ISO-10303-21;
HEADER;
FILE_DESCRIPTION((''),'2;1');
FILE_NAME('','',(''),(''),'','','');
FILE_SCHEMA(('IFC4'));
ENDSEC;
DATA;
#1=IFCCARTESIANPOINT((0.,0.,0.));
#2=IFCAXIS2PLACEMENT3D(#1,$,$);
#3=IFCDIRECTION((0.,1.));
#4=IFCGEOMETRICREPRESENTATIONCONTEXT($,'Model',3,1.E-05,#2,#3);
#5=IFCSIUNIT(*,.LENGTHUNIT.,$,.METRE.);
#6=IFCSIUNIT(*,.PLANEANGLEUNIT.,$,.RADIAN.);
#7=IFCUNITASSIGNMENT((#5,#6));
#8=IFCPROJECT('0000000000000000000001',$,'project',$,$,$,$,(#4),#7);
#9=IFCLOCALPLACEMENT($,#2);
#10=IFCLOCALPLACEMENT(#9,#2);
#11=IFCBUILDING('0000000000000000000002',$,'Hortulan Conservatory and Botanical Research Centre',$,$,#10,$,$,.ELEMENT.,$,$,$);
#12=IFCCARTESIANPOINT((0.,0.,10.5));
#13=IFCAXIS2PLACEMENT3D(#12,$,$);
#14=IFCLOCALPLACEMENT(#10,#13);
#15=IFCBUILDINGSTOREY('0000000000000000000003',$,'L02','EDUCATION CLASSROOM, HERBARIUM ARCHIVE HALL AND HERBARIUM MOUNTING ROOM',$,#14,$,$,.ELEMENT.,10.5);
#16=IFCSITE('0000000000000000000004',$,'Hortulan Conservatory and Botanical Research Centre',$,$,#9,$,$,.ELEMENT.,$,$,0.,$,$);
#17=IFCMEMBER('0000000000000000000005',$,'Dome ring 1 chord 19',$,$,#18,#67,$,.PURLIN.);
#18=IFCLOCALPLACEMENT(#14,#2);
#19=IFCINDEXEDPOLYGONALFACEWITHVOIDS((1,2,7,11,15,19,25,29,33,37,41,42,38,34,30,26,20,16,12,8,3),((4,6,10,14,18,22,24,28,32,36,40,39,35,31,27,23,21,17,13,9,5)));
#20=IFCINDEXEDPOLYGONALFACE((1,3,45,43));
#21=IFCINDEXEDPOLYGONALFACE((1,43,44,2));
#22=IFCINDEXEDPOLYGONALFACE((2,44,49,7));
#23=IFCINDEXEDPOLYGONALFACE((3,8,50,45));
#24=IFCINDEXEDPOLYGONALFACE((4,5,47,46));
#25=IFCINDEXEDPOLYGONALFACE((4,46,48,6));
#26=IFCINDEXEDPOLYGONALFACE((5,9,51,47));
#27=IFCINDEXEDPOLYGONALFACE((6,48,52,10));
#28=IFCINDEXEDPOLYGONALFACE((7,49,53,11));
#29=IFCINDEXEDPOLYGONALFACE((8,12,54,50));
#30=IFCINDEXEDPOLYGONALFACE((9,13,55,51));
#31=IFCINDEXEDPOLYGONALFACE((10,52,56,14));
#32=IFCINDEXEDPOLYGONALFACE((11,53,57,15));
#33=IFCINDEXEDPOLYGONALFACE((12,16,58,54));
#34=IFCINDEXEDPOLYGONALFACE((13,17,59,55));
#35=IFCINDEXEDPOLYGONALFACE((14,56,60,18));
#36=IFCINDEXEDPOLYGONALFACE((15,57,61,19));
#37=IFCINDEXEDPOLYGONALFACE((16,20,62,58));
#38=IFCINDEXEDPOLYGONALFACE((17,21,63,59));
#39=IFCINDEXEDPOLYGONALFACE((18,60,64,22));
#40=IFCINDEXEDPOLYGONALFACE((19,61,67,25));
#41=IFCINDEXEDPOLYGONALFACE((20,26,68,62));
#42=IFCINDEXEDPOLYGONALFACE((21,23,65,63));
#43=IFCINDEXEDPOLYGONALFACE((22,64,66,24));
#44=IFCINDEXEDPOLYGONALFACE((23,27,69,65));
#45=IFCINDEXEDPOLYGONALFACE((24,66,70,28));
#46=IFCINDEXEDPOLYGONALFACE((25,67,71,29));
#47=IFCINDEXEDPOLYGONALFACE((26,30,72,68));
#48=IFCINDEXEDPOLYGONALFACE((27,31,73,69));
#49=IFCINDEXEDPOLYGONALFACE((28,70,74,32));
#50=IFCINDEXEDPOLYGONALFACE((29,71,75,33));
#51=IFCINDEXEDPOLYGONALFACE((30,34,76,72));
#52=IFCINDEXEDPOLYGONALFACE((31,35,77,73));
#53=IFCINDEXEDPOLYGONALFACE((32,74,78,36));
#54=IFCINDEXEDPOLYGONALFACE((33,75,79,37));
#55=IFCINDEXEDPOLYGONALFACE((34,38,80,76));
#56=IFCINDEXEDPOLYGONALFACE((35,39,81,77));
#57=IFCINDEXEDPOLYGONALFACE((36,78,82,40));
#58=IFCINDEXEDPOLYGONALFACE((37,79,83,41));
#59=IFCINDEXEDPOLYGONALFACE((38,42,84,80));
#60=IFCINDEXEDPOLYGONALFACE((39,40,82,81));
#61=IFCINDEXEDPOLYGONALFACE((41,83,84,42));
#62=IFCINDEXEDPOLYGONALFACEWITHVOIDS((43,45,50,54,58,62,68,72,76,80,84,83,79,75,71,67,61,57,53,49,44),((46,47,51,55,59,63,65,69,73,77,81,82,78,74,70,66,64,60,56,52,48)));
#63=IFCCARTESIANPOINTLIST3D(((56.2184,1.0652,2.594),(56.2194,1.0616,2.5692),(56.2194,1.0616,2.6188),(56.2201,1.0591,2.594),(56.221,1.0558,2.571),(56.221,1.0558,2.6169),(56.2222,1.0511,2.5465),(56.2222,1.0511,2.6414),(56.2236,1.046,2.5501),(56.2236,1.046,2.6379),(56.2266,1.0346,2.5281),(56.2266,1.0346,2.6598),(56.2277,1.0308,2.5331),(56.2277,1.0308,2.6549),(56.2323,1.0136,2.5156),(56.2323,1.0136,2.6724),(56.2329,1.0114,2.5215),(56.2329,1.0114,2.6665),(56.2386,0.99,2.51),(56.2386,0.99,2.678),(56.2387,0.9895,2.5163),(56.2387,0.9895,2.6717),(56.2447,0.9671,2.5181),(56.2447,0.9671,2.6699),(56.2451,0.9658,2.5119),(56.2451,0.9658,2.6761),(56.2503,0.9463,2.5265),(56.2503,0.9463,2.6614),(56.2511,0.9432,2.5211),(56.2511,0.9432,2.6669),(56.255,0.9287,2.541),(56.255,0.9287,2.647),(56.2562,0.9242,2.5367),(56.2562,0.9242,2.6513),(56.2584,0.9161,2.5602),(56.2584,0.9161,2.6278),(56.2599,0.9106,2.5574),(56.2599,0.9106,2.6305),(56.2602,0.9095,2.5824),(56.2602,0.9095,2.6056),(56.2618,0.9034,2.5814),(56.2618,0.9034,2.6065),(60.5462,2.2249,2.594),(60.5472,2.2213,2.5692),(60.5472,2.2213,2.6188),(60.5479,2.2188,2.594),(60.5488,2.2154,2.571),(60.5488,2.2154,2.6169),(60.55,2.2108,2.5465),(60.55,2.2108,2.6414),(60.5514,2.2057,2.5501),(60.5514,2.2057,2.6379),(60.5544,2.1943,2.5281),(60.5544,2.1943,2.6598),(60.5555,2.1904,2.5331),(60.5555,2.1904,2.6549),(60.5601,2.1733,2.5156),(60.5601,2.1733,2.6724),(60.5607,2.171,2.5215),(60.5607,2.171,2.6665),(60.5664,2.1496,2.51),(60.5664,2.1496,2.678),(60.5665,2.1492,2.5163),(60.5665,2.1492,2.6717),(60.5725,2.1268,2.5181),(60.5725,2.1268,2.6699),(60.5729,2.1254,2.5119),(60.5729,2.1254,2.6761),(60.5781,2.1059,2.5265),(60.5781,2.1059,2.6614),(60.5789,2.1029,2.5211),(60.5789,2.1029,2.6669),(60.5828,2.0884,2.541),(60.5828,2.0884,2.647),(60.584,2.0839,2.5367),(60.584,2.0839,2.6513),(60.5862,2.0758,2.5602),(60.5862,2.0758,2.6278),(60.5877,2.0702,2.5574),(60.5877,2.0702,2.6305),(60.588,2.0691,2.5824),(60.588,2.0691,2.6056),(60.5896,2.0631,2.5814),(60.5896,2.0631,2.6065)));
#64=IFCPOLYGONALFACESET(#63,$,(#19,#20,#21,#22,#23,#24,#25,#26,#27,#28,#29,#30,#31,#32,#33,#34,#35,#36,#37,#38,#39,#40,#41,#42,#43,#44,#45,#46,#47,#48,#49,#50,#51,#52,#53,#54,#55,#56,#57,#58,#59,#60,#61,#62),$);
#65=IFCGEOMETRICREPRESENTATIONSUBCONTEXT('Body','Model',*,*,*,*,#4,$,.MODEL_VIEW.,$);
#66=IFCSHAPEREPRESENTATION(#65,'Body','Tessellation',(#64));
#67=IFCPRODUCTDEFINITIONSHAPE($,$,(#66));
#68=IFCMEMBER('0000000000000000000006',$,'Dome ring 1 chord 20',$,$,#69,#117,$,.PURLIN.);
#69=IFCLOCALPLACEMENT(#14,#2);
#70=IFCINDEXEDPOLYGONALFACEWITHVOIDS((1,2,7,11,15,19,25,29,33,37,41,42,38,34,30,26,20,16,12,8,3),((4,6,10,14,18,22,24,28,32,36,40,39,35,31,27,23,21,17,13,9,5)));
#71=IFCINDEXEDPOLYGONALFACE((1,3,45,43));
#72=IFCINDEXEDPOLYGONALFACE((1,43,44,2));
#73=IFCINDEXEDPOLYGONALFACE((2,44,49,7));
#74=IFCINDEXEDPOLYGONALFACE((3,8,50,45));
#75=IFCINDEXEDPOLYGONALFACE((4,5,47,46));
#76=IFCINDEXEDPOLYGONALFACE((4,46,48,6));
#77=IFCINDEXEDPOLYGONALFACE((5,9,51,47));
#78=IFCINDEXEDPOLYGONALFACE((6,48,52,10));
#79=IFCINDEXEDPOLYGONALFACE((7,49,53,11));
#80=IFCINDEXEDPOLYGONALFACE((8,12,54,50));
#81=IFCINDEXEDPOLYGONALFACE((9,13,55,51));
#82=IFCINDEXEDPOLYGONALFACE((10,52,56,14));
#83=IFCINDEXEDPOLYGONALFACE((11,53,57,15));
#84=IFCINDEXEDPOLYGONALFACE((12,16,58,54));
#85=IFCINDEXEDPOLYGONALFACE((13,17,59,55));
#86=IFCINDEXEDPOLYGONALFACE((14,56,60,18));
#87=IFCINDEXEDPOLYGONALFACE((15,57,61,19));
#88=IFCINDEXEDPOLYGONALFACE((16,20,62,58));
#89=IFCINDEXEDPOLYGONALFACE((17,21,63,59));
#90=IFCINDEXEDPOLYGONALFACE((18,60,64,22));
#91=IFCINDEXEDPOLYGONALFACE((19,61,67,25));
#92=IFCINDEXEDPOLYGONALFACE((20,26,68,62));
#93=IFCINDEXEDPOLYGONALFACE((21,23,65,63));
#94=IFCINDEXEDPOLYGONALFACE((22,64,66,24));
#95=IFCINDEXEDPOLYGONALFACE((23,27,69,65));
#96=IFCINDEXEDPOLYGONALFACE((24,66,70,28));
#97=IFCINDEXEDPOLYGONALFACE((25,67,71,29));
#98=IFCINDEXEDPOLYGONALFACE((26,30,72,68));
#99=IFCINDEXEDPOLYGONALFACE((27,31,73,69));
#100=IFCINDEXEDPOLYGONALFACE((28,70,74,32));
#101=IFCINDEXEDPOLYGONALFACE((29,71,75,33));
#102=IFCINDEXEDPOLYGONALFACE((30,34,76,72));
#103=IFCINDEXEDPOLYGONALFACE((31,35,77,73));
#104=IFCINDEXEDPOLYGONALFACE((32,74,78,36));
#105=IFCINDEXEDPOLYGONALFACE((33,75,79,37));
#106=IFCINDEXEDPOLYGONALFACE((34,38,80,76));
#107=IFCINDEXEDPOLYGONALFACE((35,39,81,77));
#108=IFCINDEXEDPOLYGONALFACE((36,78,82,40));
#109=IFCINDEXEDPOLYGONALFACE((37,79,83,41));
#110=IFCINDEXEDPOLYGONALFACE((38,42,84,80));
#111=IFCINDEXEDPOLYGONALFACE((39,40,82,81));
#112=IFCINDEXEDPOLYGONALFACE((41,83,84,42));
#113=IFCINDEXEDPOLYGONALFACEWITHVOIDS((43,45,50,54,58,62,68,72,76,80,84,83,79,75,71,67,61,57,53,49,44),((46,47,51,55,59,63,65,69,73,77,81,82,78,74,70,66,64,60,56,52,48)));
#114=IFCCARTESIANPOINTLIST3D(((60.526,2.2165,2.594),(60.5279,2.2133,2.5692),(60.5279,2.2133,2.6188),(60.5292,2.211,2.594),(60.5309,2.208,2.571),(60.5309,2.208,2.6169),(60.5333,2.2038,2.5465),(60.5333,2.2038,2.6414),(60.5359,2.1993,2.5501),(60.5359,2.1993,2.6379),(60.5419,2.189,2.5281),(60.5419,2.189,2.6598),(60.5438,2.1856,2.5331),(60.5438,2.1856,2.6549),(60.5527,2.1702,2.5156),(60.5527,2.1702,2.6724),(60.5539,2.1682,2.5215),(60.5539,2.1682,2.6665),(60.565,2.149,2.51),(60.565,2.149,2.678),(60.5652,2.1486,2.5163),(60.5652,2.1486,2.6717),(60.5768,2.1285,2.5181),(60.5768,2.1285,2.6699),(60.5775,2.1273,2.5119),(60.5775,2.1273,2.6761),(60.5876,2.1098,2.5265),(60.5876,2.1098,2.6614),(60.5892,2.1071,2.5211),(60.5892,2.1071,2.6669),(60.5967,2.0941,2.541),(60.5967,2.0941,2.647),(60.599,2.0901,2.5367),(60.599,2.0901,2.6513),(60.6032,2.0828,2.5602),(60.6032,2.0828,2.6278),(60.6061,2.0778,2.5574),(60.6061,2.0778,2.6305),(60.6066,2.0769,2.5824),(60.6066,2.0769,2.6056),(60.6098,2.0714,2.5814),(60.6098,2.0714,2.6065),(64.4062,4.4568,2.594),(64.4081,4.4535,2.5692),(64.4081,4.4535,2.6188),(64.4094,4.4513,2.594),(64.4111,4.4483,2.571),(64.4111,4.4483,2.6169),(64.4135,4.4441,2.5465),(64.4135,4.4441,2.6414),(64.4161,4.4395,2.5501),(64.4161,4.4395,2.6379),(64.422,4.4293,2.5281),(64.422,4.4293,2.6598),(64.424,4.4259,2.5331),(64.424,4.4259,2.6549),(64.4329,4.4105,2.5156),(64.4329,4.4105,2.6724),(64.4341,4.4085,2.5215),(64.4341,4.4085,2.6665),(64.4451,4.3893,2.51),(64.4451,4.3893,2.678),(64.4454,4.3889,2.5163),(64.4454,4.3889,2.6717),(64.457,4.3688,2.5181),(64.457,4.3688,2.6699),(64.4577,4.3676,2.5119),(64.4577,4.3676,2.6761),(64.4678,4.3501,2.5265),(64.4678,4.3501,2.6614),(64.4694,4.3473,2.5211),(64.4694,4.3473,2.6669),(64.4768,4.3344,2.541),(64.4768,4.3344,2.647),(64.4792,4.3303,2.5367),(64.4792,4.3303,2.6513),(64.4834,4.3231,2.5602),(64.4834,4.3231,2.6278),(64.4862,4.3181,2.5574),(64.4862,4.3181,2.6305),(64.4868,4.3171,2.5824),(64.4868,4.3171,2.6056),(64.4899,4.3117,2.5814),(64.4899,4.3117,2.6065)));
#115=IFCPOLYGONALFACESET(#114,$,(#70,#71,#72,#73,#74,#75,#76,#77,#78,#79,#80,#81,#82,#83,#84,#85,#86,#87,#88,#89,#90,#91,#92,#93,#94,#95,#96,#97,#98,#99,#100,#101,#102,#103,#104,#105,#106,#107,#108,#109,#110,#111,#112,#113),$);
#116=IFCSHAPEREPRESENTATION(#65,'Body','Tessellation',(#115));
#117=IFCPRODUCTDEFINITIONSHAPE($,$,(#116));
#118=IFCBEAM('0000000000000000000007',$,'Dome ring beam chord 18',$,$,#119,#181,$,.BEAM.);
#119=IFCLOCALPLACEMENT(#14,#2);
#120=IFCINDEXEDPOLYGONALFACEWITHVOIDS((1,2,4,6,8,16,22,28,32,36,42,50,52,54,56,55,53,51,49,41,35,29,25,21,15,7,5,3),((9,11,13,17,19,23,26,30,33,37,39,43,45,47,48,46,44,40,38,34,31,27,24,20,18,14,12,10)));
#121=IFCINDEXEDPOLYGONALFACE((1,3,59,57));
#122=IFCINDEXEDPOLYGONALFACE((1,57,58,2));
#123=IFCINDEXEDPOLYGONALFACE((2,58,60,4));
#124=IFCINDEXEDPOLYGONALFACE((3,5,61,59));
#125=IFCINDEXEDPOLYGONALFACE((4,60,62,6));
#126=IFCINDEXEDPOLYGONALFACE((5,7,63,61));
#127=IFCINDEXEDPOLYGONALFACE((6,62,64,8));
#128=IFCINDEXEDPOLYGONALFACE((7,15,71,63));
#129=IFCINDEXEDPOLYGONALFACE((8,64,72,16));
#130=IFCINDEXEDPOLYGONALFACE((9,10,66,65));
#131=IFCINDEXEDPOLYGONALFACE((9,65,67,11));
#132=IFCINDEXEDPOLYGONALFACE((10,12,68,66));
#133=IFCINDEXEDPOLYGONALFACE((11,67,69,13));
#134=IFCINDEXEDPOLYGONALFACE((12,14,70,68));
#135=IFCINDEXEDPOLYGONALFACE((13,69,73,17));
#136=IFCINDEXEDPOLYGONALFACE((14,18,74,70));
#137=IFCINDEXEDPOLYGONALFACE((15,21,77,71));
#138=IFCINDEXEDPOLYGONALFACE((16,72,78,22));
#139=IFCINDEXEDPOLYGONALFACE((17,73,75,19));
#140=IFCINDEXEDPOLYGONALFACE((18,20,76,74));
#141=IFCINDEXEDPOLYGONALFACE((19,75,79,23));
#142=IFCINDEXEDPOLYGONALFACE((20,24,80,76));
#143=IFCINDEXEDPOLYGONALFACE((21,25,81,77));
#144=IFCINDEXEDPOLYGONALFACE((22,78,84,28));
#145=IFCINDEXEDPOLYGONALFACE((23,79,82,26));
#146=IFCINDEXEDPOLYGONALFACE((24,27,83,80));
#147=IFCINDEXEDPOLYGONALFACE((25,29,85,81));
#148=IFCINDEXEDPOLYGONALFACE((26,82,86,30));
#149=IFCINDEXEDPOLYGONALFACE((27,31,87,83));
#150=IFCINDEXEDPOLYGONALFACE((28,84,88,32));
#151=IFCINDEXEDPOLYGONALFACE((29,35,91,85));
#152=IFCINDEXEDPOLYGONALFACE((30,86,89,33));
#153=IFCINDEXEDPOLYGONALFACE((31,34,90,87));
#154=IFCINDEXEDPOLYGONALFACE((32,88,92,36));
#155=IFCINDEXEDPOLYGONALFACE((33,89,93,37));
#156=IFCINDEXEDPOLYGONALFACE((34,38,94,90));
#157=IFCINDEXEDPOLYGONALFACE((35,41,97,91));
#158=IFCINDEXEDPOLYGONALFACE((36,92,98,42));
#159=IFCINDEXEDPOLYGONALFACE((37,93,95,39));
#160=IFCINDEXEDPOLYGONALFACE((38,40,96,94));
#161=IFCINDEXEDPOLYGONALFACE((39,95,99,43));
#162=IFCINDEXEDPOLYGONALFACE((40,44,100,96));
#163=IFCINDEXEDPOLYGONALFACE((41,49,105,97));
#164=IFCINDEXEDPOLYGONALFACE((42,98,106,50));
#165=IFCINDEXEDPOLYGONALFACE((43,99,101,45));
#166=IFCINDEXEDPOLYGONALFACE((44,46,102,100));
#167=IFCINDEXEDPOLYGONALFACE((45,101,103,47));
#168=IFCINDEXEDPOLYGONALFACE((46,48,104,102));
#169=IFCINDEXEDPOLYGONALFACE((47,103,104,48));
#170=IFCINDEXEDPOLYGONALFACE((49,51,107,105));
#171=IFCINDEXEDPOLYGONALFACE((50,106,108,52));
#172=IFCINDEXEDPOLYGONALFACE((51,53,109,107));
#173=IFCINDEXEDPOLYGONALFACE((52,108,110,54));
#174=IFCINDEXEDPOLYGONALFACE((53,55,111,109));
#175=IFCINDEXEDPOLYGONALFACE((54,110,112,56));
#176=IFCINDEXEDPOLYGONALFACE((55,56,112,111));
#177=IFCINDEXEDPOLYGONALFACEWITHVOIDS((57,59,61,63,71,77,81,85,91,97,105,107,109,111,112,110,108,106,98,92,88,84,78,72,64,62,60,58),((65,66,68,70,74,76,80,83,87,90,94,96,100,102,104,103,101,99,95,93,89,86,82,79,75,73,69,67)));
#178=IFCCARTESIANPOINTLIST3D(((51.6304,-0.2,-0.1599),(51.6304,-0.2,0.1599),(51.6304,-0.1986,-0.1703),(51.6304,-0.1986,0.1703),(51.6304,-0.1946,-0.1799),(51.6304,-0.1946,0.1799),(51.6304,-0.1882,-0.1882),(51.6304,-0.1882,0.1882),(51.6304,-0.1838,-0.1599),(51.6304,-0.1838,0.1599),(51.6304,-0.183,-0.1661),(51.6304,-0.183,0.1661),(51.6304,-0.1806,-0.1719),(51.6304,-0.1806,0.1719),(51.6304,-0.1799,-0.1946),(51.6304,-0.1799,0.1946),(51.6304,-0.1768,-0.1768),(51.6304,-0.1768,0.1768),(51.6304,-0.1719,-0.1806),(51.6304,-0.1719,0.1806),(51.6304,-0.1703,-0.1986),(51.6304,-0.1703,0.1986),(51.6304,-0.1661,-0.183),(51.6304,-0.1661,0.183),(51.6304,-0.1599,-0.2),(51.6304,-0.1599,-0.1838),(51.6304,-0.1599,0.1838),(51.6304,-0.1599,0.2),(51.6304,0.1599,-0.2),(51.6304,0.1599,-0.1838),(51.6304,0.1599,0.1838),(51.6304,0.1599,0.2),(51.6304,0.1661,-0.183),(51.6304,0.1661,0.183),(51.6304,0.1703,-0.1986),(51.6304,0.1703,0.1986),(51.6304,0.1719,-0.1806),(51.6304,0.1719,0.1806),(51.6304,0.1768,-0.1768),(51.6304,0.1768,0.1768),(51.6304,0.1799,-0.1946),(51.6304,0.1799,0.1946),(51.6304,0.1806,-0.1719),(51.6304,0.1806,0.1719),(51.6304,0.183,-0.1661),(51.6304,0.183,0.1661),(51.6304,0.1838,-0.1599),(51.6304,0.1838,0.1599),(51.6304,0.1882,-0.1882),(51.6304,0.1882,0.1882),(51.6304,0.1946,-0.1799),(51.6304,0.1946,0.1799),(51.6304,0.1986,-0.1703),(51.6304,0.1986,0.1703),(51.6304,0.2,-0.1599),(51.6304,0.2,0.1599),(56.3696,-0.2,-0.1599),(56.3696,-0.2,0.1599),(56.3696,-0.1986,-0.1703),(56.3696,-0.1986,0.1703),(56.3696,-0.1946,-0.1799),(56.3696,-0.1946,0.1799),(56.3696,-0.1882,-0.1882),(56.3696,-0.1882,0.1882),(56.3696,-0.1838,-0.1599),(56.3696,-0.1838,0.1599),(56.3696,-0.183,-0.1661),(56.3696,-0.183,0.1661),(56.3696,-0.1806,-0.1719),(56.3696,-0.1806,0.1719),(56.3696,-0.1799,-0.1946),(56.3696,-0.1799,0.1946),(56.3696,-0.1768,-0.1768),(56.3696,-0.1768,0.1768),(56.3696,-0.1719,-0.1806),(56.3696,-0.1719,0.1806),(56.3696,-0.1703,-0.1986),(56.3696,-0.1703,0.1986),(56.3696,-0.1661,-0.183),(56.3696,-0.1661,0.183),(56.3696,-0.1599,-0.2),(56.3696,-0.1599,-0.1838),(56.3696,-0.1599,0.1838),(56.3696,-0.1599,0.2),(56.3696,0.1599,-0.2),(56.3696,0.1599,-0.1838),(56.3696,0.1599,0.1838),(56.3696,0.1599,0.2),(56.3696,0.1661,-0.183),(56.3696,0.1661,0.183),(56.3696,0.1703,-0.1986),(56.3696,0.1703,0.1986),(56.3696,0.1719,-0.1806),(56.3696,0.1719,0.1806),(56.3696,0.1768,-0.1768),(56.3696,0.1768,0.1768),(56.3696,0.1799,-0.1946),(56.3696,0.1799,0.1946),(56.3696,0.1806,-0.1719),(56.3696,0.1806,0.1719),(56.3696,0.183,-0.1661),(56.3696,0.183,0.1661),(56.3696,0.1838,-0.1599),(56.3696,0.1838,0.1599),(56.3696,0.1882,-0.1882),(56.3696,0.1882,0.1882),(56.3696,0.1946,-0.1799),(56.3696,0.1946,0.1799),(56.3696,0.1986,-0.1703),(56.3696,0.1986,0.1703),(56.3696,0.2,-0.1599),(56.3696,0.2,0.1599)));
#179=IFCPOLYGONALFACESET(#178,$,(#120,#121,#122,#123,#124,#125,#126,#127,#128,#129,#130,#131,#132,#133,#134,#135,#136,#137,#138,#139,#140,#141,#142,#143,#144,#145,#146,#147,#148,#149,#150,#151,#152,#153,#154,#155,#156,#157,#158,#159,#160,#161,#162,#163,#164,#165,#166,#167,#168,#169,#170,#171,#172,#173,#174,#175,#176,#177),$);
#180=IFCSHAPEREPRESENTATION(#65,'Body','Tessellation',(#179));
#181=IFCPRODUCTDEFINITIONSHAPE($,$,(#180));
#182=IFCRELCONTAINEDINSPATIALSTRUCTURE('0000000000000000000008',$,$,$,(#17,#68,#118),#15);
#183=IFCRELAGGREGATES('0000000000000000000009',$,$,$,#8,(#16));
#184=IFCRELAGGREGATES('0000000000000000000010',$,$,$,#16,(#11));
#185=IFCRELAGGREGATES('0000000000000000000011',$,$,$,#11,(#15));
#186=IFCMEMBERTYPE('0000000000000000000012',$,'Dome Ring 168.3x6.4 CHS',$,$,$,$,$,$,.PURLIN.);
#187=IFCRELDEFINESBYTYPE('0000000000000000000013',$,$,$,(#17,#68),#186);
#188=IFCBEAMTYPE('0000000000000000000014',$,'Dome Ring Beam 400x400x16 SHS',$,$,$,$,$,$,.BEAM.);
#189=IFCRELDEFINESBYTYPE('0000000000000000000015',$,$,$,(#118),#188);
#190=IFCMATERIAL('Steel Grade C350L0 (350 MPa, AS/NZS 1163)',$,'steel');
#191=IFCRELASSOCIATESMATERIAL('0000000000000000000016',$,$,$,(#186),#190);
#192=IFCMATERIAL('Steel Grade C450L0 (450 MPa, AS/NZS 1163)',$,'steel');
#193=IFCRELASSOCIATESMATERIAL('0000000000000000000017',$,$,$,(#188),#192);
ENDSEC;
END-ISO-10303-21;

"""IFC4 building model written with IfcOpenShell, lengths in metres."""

from ifc_helpers import new_model, si_unit, direction, frame, origin, origin_2d, place, context, subcontext, project, spatial, hollow_rectangle, hollow_circle, extrude, material, material_profile, profile_set, type_object, element, save


model = new_model("IFC4")

# Units and contexts
model_context = context("Model", 3, precision=1e-05, world=origin(), true_north=direction((0.0, 1.0)))
body_context = subcontext(model_context, "Body", "Model", "MODEL_VIEW")
ifc_project = project(units=[si_unit("LENGTHUNIT", "METRE"), si_unit("PLANEANGLEUNIT", "RADIAN")], contexts=[model_context])

# Site, building, storey
site_placement = place(None, origin())
site = spatial("IfcSite", under=ifc_project, at=site_placement, Name="Hortulan Conservatory and Botanical Research Centre", CompositionType="ELEMENT", RefElevation=0.0)
building_placement = place(site_placement, origin())
building = spatial("IfcBuilding", under=site, at=building_placement, Name="Hortulan Conservatory and Botanical Research Centre", CompositionType="ELEMENT")
storey_placement = place(building_placement, frame((0.0, 0.0, 10.5)))
storey = spatial("IfcBuildingStorey", under=building, at=storey_placement, Name="L02", Description="EDUCATION CLASSROOM, HERBARIUM ARCHIVE HALL AND HERBARIUM MOUNTING ROOM", CompositionType="ELEMENT", Elevation=10.5)

# Shared definitions
ifc_material_1 = material(Name="Steel Grade C350L0 (350 MPa, AS/NZS 1163)", Category="steel")

# Members
ifc_material_profile_1 = material_profile(ifc_material_1, hollow_circle(Radius=0.0842, WallThickness=0.0063, at=origin_2d()), Name="168.3x6.4CHS")
ifc_profile_set_1 = profile_set([ifc_material_profile_1], Name="Steel Grade C350L0 (350 MPa, AS/NZS 1163)")
member_type_1 = type_object("IfcMemberType", Name="Dome Ring 168.3x6.4 CHS", PredefinedType="PURLIN", material=ifc_profile_set_1)
for number, where, z_axis, x_axis, name in (
    (1, (56.2402, 0.9839, 2.594), (0.965925, 0.258822, 0.0), (-0.258822, 0.965925, 0.0), "Dome ring 1 chord 19"),
    (2, (60.5681, 2.1436, 2.594), (0.866021, 0.500007, 0.0), (-0.500007, 0.866021, 0.0), "Dome ring 1 chord 20"),
):
    element("IfcMember", number, at=place(storey_placement, frame(where, z_axis=z_axis, x_axis=x_axis)), inside=storey, type_object=member_type_1, Name=name, PredefinedType="PURLIN", context=body_context, shape_type="SweptSolid", body=[
        extrude(hollow_circle(Radius=0.0842, WallThickness=0.0063, at=origin_2d()), origin(), (0.0, 0.0, 1.0), 4.4805),
    ])

# Beam
ifc_material_2 = material(Name="Steel Grade C450L0 (450 MPa, AS/NZS 1163)", Category="steel")
ifc_material_profile_2 = material_profile(ifc_material_2, hollow_rectangle(XDim=0.3999, YDim=0.3999, WallThickness=0.0161, InnerFilletRadius=0.0239, OuterFilletRadius=0.04, at=origin_2d()), Name="400x400x16SHS")
ifc_profile_set_2 = profile_set([ifc_material_profile_2], Name="Steel Grade C450L0 (450 MPa, AS/NZS 1163)")
beam_type_1 = type_object("IfcBeamType", Name="Dome Ring Beam 400x400x16 SHS", PredefinedType="BEAM", material=ifc_profile_set_2)
beam_1_placement = place(storey_placement, frame((51.6304, 0.0, 0.0), z_axis=(1.0, 0.0, 0.0), x_axis=(0.0, 1.0, 0.0)))
element("IfcBeam", 3, at=beam_1_placement, inside=storey, type_object=beam_type_1, Name="Dome ring beam chord 18", PredefinedType="BEAM", context=body_context, shape_type="SweptSolid", body=[
    extrude(hollow_rectangle(XDim=0.3999, YDim=0.3999, WallThickness=0.0161, InnerFilletRadius=0.0239, OuterFilletRadius=0.04, at=origin_2d()), origin(), (0.0, 0.0, 1.0), 4.7393),
])

save(model, "model.ifc")
